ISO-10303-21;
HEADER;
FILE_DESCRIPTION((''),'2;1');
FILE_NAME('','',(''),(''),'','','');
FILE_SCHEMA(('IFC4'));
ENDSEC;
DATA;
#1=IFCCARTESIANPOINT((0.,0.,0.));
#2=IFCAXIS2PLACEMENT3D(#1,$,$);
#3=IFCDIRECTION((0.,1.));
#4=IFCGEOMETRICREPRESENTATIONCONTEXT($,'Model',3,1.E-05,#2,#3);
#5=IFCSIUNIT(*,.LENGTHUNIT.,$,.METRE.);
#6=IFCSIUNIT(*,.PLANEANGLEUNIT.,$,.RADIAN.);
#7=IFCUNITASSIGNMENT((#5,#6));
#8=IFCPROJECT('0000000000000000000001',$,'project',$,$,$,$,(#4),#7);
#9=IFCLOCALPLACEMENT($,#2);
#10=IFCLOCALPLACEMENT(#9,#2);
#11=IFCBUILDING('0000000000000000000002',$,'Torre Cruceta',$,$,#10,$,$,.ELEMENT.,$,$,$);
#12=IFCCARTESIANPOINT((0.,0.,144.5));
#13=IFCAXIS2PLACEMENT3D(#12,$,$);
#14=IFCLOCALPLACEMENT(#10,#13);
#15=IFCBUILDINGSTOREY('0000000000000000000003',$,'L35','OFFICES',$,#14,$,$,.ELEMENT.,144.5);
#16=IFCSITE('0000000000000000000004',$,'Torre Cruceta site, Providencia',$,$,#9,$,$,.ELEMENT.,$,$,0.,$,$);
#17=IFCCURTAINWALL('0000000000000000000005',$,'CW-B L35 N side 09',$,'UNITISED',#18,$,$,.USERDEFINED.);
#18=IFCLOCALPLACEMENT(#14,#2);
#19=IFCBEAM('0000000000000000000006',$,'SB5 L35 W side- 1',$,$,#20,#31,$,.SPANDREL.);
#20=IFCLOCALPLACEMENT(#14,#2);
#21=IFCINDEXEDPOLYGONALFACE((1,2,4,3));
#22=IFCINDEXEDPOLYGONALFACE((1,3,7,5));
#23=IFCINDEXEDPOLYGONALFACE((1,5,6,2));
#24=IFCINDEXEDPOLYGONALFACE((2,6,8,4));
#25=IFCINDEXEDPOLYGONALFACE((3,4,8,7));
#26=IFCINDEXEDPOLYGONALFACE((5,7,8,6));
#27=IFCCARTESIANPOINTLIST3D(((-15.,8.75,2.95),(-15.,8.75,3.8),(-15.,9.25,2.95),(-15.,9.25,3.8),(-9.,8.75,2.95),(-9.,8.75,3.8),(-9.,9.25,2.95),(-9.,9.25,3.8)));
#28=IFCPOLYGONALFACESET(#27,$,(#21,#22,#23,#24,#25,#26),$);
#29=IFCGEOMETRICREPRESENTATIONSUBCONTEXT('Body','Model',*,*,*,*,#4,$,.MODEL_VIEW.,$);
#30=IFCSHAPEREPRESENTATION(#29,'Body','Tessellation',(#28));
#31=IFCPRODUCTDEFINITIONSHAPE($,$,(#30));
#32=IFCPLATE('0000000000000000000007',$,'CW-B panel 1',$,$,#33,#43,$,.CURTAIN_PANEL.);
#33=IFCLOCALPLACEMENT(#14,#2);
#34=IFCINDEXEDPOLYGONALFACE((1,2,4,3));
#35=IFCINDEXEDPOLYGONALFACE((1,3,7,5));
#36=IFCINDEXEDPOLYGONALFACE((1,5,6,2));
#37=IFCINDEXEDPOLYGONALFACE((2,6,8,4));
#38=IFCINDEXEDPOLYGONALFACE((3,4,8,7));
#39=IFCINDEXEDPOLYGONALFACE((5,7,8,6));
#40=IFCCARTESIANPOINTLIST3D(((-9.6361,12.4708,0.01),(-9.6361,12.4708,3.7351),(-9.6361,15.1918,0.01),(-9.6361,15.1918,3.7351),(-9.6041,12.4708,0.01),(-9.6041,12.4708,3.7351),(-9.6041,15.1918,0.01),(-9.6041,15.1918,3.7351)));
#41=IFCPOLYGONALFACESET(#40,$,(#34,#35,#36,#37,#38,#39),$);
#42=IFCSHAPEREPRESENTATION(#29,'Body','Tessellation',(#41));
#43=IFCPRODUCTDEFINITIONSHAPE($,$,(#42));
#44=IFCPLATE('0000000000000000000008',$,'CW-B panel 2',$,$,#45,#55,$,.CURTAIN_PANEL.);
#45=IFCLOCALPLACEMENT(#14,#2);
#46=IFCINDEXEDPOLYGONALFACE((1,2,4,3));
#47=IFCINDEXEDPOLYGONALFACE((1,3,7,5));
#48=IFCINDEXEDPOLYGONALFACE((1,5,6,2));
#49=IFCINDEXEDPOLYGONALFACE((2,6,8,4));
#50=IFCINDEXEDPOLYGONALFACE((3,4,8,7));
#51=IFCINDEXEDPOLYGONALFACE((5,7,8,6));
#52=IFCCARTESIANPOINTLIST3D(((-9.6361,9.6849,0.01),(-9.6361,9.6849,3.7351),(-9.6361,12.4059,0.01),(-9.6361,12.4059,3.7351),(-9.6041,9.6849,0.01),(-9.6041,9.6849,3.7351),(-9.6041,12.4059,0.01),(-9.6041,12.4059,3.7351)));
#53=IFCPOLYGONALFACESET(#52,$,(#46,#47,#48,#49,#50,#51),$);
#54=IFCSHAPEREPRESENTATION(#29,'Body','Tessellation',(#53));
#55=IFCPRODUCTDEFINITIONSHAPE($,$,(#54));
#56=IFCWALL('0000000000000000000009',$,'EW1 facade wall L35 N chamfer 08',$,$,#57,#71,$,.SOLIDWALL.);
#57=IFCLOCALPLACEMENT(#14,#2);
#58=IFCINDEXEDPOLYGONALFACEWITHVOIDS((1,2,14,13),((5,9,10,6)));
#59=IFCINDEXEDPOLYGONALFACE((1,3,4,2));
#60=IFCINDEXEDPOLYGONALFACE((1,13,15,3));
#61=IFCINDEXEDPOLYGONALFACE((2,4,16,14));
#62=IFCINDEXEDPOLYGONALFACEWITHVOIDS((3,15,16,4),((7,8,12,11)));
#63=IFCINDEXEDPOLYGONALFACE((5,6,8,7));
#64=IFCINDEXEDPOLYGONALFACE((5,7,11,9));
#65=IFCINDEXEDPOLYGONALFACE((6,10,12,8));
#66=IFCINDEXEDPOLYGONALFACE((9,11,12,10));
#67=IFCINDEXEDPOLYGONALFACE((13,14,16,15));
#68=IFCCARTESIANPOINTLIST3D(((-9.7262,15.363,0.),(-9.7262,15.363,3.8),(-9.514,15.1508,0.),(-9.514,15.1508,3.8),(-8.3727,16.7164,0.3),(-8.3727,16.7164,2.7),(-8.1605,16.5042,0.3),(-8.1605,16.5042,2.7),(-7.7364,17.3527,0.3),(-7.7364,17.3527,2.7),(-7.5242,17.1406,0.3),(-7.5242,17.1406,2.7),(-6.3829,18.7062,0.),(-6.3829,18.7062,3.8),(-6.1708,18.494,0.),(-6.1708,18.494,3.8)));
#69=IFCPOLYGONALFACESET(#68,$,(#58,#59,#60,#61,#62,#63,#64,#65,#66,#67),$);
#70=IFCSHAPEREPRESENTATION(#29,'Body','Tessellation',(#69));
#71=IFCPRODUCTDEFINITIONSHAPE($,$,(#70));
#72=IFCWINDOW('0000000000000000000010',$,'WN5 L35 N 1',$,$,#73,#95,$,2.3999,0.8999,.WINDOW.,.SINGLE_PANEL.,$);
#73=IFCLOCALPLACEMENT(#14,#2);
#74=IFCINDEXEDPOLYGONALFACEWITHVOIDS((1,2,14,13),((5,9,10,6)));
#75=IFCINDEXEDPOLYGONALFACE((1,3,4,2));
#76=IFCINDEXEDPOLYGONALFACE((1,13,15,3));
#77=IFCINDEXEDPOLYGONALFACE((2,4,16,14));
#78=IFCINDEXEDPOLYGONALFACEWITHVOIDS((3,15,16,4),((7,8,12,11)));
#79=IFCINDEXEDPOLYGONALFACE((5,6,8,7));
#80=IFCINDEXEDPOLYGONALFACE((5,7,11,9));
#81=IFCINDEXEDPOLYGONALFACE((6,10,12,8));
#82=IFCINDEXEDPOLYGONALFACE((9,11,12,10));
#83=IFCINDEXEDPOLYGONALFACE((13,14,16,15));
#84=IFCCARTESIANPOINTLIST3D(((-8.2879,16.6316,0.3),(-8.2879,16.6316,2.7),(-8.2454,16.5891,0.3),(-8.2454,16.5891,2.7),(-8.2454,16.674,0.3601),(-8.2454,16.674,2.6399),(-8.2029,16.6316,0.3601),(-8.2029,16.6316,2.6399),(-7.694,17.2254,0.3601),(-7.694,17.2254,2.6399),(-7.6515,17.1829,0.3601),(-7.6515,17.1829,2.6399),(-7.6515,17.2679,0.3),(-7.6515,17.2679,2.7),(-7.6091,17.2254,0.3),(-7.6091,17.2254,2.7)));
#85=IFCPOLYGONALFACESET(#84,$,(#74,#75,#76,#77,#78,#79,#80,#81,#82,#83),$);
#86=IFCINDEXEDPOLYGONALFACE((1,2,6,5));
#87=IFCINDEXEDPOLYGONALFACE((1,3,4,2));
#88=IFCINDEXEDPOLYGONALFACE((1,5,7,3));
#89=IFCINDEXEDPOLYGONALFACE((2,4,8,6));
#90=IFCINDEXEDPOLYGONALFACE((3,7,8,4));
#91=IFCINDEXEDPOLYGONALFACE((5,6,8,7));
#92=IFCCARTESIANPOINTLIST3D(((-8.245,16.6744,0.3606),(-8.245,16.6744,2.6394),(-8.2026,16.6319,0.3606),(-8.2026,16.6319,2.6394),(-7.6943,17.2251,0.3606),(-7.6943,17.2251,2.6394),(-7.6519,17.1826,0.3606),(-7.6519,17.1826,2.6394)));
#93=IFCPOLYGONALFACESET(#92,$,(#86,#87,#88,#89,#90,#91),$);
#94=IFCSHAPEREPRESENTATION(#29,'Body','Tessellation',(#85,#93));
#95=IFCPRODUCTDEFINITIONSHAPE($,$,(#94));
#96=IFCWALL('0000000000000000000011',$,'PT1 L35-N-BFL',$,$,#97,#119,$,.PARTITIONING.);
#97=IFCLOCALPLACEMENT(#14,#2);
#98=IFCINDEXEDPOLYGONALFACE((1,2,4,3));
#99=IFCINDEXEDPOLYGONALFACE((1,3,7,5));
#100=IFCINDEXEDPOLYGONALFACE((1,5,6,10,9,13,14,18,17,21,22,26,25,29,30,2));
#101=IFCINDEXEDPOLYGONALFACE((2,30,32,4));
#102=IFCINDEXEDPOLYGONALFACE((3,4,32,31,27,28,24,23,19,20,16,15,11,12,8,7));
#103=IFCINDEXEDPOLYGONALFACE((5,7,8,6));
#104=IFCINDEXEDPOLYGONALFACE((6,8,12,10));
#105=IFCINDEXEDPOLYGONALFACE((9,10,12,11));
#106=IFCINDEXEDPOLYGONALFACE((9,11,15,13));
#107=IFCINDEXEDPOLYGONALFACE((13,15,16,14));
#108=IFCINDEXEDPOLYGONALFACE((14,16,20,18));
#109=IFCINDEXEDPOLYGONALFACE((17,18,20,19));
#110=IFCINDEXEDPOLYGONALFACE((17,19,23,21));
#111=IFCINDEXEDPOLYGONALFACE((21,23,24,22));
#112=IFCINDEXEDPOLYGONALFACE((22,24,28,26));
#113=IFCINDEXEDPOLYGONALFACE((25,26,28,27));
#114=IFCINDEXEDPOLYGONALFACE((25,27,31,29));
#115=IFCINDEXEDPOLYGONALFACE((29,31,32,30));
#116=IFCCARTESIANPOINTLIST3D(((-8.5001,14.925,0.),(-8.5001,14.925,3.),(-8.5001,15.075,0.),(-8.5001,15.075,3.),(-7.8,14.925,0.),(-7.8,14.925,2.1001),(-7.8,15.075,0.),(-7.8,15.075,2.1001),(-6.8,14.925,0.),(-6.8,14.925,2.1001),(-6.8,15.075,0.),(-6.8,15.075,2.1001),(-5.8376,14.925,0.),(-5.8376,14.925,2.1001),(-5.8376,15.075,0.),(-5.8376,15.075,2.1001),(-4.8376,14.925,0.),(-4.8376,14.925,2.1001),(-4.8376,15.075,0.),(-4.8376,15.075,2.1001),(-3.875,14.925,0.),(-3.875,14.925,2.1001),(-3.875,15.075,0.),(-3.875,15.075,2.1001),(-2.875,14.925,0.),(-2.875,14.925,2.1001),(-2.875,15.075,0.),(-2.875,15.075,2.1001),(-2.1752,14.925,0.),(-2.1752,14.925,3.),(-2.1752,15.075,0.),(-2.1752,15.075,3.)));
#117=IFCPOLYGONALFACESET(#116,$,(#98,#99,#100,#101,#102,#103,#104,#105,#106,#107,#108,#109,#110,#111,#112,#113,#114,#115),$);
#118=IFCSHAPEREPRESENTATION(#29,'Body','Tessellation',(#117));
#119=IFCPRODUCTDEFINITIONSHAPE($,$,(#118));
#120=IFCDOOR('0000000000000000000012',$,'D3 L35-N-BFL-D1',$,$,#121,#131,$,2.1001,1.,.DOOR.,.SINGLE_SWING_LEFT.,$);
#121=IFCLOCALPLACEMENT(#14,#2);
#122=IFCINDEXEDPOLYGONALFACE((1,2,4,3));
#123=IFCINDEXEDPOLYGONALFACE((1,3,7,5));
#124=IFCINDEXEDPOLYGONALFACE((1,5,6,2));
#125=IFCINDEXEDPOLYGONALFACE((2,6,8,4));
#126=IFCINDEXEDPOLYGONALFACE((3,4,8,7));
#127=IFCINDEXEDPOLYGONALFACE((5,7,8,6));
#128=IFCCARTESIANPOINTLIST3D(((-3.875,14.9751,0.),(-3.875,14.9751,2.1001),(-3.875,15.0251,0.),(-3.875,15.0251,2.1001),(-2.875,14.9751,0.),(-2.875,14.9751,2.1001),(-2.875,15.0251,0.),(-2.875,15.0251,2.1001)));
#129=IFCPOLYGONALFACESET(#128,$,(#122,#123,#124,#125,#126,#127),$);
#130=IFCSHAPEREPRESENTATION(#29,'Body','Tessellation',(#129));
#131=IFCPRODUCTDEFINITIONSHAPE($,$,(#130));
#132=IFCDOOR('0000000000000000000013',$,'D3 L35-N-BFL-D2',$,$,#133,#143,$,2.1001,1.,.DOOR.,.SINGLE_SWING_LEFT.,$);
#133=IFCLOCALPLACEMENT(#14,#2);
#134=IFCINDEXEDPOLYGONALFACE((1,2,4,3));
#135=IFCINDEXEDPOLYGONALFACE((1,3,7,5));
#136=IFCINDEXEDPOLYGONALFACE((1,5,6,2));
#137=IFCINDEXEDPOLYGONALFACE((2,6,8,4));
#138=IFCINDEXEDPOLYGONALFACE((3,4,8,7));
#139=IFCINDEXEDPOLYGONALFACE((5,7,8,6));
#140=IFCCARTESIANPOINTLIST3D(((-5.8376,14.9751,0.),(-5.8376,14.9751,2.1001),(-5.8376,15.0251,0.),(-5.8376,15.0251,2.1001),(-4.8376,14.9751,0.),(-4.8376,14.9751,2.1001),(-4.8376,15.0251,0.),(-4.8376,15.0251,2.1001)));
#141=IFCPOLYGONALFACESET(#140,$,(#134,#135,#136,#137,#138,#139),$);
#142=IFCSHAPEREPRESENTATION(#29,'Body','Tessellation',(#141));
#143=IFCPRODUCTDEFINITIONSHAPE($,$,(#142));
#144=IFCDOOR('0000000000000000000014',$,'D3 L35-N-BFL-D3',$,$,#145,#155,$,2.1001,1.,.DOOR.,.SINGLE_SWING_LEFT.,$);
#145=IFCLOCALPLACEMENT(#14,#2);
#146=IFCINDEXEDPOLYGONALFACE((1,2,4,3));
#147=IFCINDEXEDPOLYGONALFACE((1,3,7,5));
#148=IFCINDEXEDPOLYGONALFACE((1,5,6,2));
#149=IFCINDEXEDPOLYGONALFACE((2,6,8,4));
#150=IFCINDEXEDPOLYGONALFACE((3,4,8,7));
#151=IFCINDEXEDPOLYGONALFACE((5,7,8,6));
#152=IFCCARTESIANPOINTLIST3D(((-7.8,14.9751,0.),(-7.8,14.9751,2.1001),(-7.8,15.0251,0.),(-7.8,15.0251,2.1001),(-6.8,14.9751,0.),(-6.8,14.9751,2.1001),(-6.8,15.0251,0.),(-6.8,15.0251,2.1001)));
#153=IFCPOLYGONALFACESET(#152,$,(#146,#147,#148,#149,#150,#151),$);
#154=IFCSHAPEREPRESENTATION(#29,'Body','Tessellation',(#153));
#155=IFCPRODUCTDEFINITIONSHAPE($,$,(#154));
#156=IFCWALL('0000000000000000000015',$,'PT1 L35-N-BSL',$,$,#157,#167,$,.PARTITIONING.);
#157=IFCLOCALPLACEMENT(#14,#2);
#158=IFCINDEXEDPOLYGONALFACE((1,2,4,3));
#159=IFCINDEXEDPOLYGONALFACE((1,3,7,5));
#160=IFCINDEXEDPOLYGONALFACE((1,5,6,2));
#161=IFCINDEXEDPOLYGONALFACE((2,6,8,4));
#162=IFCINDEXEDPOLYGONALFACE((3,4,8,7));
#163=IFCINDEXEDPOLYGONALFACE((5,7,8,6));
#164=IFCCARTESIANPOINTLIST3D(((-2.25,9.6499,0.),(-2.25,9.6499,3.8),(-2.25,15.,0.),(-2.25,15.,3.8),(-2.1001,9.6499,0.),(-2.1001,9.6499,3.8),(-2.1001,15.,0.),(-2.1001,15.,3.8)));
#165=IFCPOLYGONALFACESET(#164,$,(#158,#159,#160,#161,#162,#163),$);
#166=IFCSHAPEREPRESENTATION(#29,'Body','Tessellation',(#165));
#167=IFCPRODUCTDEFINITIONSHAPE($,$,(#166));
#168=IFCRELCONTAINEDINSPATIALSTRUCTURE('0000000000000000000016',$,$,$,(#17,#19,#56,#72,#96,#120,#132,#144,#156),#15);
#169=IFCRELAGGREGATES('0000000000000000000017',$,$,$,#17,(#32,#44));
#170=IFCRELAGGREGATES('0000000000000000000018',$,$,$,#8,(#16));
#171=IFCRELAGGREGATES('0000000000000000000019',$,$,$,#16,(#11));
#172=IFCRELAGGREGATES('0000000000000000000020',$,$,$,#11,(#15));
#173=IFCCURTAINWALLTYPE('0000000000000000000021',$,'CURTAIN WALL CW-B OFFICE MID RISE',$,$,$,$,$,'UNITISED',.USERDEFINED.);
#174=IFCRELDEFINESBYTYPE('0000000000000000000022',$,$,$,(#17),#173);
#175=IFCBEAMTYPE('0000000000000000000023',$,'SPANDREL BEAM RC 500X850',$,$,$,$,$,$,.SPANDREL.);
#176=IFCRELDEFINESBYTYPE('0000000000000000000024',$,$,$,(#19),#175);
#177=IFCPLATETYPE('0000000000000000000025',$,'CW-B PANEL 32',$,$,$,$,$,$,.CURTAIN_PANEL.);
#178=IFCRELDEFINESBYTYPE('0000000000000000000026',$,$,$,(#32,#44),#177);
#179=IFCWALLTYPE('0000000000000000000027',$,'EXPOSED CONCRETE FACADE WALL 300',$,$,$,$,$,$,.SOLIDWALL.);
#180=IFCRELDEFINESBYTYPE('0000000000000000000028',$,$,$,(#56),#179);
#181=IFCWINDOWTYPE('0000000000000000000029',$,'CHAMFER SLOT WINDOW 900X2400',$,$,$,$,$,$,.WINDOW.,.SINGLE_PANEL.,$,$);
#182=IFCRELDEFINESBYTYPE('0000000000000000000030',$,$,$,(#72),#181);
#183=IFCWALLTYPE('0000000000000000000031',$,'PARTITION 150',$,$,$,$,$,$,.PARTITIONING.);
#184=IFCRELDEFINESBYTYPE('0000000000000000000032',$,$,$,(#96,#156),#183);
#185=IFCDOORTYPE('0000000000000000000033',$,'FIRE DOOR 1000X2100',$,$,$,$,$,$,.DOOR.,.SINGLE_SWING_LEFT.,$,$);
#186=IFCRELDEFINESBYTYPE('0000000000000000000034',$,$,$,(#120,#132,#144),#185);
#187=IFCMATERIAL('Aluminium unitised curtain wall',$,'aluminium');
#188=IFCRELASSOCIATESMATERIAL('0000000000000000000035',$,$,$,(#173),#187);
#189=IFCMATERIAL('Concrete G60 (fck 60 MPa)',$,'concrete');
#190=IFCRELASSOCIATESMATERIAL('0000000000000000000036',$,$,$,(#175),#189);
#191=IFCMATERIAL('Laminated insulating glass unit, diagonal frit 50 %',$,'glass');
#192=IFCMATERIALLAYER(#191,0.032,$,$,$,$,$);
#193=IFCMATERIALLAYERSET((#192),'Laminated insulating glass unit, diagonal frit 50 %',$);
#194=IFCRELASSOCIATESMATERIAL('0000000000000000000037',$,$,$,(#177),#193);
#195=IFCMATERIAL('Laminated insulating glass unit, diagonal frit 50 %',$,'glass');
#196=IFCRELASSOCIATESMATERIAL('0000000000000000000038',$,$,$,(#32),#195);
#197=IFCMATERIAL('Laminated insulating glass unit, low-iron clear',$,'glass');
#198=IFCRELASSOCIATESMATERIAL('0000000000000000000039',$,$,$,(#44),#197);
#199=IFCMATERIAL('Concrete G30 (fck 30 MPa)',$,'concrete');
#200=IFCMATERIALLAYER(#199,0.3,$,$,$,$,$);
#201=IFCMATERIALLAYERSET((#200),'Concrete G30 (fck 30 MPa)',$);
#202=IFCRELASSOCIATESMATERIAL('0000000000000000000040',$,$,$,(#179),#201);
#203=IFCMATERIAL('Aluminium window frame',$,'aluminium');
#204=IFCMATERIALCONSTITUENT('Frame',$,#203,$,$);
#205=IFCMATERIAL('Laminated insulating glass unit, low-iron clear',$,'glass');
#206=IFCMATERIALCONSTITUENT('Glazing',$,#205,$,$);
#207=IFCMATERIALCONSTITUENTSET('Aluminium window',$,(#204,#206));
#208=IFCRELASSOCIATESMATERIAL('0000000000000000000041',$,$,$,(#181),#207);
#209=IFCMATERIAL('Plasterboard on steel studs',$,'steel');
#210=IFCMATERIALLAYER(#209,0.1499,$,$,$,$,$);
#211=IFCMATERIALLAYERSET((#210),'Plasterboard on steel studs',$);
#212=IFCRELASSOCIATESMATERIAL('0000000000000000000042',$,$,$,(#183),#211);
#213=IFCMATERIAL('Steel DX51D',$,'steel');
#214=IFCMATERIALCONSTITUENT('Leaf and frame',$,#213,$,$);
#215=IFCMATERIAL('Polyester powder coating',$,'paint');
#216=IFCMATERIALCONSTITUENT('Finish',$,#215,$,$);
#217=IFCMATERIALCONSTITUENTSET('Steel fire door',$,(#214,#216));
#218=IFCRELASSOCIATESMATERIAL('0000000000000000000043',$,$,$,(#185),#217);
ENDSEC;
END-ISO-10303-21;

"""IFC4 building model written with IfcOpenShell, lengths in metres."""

from ifc_helpers import new_model, si_unit, direction, frame, frame_2d, origin, origin_2d, place, context, subcontext, project, spatial, rectangle, hollow_rectangle, extrude, material, layer, layer_set, constituent, constituent_set, material_profile, profile_set, type_object, element, fill, aggregate, save


model = new_model("IFC4")

# Units and contexts
model_context = context("Model", 3, precision=1e-05, world=origin(), true_north=direction((0.0, 1.0)))
body_context = subcontext(model_context, "Body", "Model", "MODEL_VIEW")
ifc_project = project(units=[si_unit("LENGTHUNIT", "METRE"), si_unit("PLANEANGLEUNIT", "RADIAN")], contexts=[model_context])

# Site, building, storey
site_placement = place(None, origin())
site = spatial("IfcSite", under=ifc_project, at=site_placement, Name="Torre Cruceta site, Providencia", CompositionType="ELEMENT", RefElevation=0.0)
building_placement = place(site_placement, origin())
building = spatial("IfcBuilding", under=site, at=building_placement, Name="Torre Cruceta", CompositionType="ELEMENT")
storey_placement = place(building_placement, frame((0.0, 0.0, 144.5)))
storey = spatial("IfcBuildingStorey", under=building, at=storey_placement, Name="L35", Description="OFFICES", CompositionType="ELEMENT", Elevation=144.5)

# Curtain wall
ifc_material_1 = material(Name="Aluminium unitised curtain wall", Category="aluminium")
curtain_wall_type = type_object("IfcCurtainWallType", Name="CURTAIN WALL CW-B OFFICE MID RISE", ElementType="UNITISED", PredefinedType="USERDEFINED", material=ifc_material_1)
curtain_wall_placement = place(storey_placement, origin())
curtain_wall = element("IfcCurtainWall", 1, at=curtain_wall_placement, inside=storey, type_object=curtain_wall_type, Name="CW-B L35 N side 09", ObjectType="UNITISED", PredefinedType="USERDEFINED")

# Beam
ifc_material_2 = material(Name="Concrete G60 (fck 60 MPa)", Category="concrete")
ifc_material_profile_1 = material_profile(ifc_material_2, rectangle(XDim=0.5, YDim=0.8501, at=origin_2d()), Name="RC 500X850")
ifc_profile_set_1 = profile_set([ifc_material_profile_1], Name="Concrete G60 (fck 60 MPa)")
beam_type_1 = type_object("IfcBeamType", Name="SPANDREL BEAM RC 500X850", PredefinedType="SPANDREL", material=ifc_profile_set_1)
beam_1_placement = place(storey_placement, frame((-9.0, 9.0, 3.375), z_axis=(-1.0, 0.0, 0.0), x_axis=(0.0, -1.0, 0.0)))
element("IfcBeam", 2, at=beam_1_placement, inside=storey, type_object=beam_type_1, Name="SB5 L35 W side- 1", PredefinedType="SPANDREL", context=body_context, shape_type="SweptSolid", body=[
    extrude(rectangle(XDim=0.5, YDim=0.8501, at=origin_2d()), origin(), (0.0, 0.0, 1.0), 6.0),
])

# Plates
ifc_material_3 = material(Name="Laminated insulating glass unit, diagonal frit 50 %", Category="glass")
ifc_material_4 = material(Name="Laminated insulating glass unit, diagonal frit 50 %", Category="glass")
ifc_layer_1 = layer(ifc_material_4, 0.032)
ifc_layer_set_1 = layer_set([ifc_layer_1], Name="Laminated insulating glass unit, diagonal frit 50 %")
plate_type = type_object("IfcPlateType", Name="CW-B PANEL 32", PredefinedType="CURTAIN_PANEL", material=ifc_layer_set_1)
plate_1_placement = place(storey_placement, frame((-9.6201, 13.8313, 0.01), z_axis=(0.0, 0.0, 1.0), x_axis=(0.0, -1.0, 0.0)))
plate_1 = element("IfcPlate", 3, at=plate_1_placement, type_object=plate_type, material=ifc_material_3, Name="CW-B panel 1", PredefinedType="CURTAIN_PANEL", context=body_context, shape_type="SweptSolid", body=[
    extrude(rectangle(XDim=2.7209, YDim=0.032, at=origin_2d()), origin(), (0.0, 0.0, 1.0), 3.7251),
])
ifc_material_5 = material(Name="Laminated insulating glass unit, low-iron clear", Category="glass")
plate_2_placement = place(storey_placement, frame((-9.6201, 11.0454, 0.01), z_axis=(0.0, 0.0, 1.0), x_axis=(0.0, -1.0, 0.0)))
plate_2 = element("IfcPlate", 4, at=plate_2_placement, type_object=plate_type, material=ifc_material_5, Name="CW-B panel 2", PredefinedType="CURTAIN_PANEL", context=body_context, shape_type="SweptSolid", body=[
    extrude(rectangle(XDim=2.7209, YDim=0.032, at=origin_2d()), origin(), (0.0, 0.0, 1.0), 3.7251),
])
aggregate(curtain_wall, [plate_1, plate_2])

# Wall, opening, window
ifc_material_6 = material(Name="Concrete G30 (fck 30 MPa)", Category="concrete")
ifc_layer_2 = layer(ifc_material_6, 0.3)
ifc_layer_set_2 = layer_set([ifc_layer_2], Name="Concrete G30 (fck 30 MPa)")
wall_type_1 = type_object("IfcWallType", Name="EXPOSED CONCRETE FACADE WALL 300", PredefinedType="SOLIDWALL", material=ifc_layer_set_2)
wall_1_placement = place(storey_placement, frame((-6.2769, 18.6001, 0.0), z_axis=(0.0, 0.0, 1.0), x_axis=(-0.707107, -0.707107, 0.0)))
wall_1 = element("IfcWall", 5, at=wall_1_placement, inside=storey, type_object=wall_type_1, Name="EW1 facade wall L35 N chamfer 08", PredefinedType="SOLIDWALL", context=body_context, shape_type="SweptSolid", body=[
    extrude(rectangle(XDim=4.728, YDim=0.3, at=frame_2d((2.364, 0.0))), origin(), (0.0, 0.0, 1.0), 3.8),
])
opening_1_placement = place(wall_1_placement, frame((1.9141, 0.0, 0.3)))
opening_1 = element("IfcOpeningElement", 6, at=opening_1_placement, cuts=wall_1, PredefinedType="OPENING", context=body_context, shape_type="SweptSolid", body=[
    extrude(rectangle(XDim=0.8999, YDim=2.3999, at=frame_2d((0.45, 1.2))), frame((0.0, 0.1599, 0.0), z_axis=(0.0, -1.0, 0.0), x_axis=(1.0, 0.0, 0.0)), (0.0, 0.0, 1.0), 0.3201),
])
ifc_material_7 = material(Name="Aluminium window frame", Category="aluminium")
ifc_constituent_1 = constituent(ifc_material_7, Name="Frame")
ifc_material_8 = material(Name="Laminated insulating glass unit, low-iron clear", Category="glass")
ifc_constituent_2 = constituent(ifc_material_8, Name="Glazing")
ifc_constituent_set_1 = constituent_set(constituents=[ifc_constituent_1, ifc_constituent_2], Name="Aluminium window")
window_type = type_object("IfcWindowType", Name="CHAMFER SLOT WINDOW 900X2400", PartitioningType="SINGLE_PANEL", PredefinedType="WINDOW", material=ifc_constituent_set_1)
window_placement = place(opening_1_placement, origin())
window = element("IfcWindow", 7, at=window_placement, inside=storey, type_object=window_type, Name="WN5 L35 N 1", OverallHeight=2.3999, OverallWidth=0.8999, PartitioningType="SINGLE_PANEL", PredefinedType="WINDOW", context=body_context, shape_type="SweptSolid", body=[
    extrude(hollow_rectangle(XDim=0.8999, YDim=2.3999, WallThickness=0.0601, at=frame_2d((0.45, 1.2))), frame((0.0, 0.03, 0.0), z_axis=(0.0, -1.0, 0.0), x_axis=(1.0, 0.0, 0.0)), (0.0, 0.0, 1.0), 0.0601),
    extrude(rectangle(XDim=0.7788, YDim=2.2788, at=frame_2d((0.45, 1.2))), frame((0.0, 0.03, 0.0), z_axis=(0.0, -1.0, 0.0), x_axis=(1.0, 0.0, 0.0)), (0.0, 0.0, 1.0), 0.0601),
])
fill(opening_1, window)

# Wall, openings, doors
ifc_material_9 = material(Name="Plasterboard on steel studs", Category="steel")
ifc_layer_3 = layer(ifc_material_9, 0.1499)
ifc_layer_set_3 = layer_set([ifc_layer_3], Name="Plasterboard on steel studs")
wall_type_2 = type_object("IfcWallType", Name="PARTITION 150", PredefinedType="PARTITIONING", material=ifc_layer_set_3)
wall_2_placement = place(storey_placement, frame((-2.175, 15.0, 0.0), z_axis=(0.0, 0.0, 1.0), x_axis=(-1.0, 0.0, 0.0)))
wall_2 = element("IfcWall", 8, at=wall_2_placement, inside=storey, type_object=wall_type_2, Name="PT1 L35-N-BFL", PredefinedType="PARTITIONING", context=body_context, shape_type="SweptSolid", body=[
    extrude(rectangle(XDim=6.325, YDim=0.1499, at=frame_2d((3.1626, 0.0))), origin(), (0.0, 0.0, 1.0), 3.0),
])
opening_2_placement = place(wall_2_placement, frame((0.7, 0.0, 0.0)))
opening_2 = element("IfcOpeningElement", 9, at=opening_2_placement, cuts=wall_2, PredefinedType="OPENING", context=body_context, shape_type="SweptSolid", body=[
    extrude(rectangle(XDim=1.0, YDim=2.1001, at=frame_2d((0.5, 1.05))), frame((0.0, 0.085, 0.0), z_axis=(0.0, -1.0, 0.0), x_axis=(1.0, 0.0, 0.0)), (0.0, 0.0, 1.0), 0.1699),
])
opening_3_placement = place(wall_2_placement, frame((2.6626, 0.0, 0.0)))
opening_3 = element("IfcOpeningElement", 10, at=opening_3_placement, cuts=wall_2, PredefinedType="OPENING", context=body_context, shape_type="SweptSolid", body=[
    extrude(rectangle(XDim=1.0, YDim=2.1001, at=frame_2d((0.5, 1.05))), frame((0.0, 0.085, 0.0), z_axis=(0.0, -1.0, 0.0), x_axis=(1.0, 0.0, 0.0)), (0.0, 0.0, 1.0), 0.1699),
])
opening_4_placement = place(wall_2_placement, frame((4.625, 0.0, 0.0)))
opening_4 = element("IfcOpeningElement", 11, at=opening_4_placement, cuts=wall_2, PredefinedType="OPENING", context=body_context, shape_type="SweptSolid", body=[
    extrude(rectangle(XDim=1.0, YDim=2.1001, at=frame_2d((0.5, 1.05))), frame((0.0, 0.085, 0.0), z_axis=(0.0, -1.0, 0.0), x_axis=(1.0, 0.0, 0.0)), (0.0, 0.0, 1.0), 0.1699),
])
ifc_material_10 = material(Name="Steel DX51D", Category="steel")
ifc_constituent_3 = constituent(ifc_material_10, Name="Leaf and frame")
ifc_material_11 = material(Name="Polyester powder coating", Category="paint")
ifc_constituent_4 = constituent(ifc_material_11, Name="Finish")
ifc_constituent_set_2 = constituent_set(constituents=[ifc_constituent_3, ifc_constituent_4], Name="Steel fire door")
door_type_1 = type_object("IfcDoorType", Name="FIRE DOOR 1000X2100", OperationType="SINGLE_SWING_LEFT", PredefinedType="DOOR", material=ifc_constituent_set_2)
door_1_placement = place(opening_2_placement, origin())
door_1 = element("IfcDoor", 12, at=door_1_placement, inside=storey, type_object=door_type_1, Name="D3 L35-N-BFL-D1", OperationType="SINGLE_SWING_LEFT", OverallHeight=2.1001, OverallWidth=1.0, PredefinedType="DOOR", context=body_context, shape_type="SweptSolid", body=[
    extrude(rectangle(XDim=1.0, YDim=2.1001, at=frame_2d((0.5, 1.05))), frame((0.0, 0.0249, 0.0), z_axis=(0.0, -1.0, 0.0), x_axis=(1.0, 0.0, 0.0)), (0.0, 0.0, 1.0), 0.05),
])
fill(opening_2, door_1)
door_2_placement = place(opening_3_placement, origin())
door_2 = element("IfcDoor", 13, at=door_2_placement, inside=storey, type_object=door_type_1, Name="D3 L35-N-BFL-D2", OperationType="SINGLE_SWING_LEFT", OverallHeight=2.1001, OverallWidth=1.0, PredefinedType="DOOR", context=body_context, shape_type="SweptSolid", body=[
    extrude(rectangle(XDim=1.0, YDim=2.1001, at=frame_2d((0.5, 1.05))), frame((0.0, 0.0249, 0.0), z_axis=(0.0, -1.0, 0.0), x_axis=(1.0, 0.0, 0.0)), (0.0, 0.0, 1.0), 0.05),
])
fill(opening_3, door_2)
door_3_placement = place(opening_4_placement, origin())
door_3 = element("IfcDoor", 14, at=door_3_placement, inside=storey, type_object=door_type_1, Name="D3 L35-N-BFL-D3", OperationType="SINGLE_SWING_LEFT", OverallHeight=2.1001, OverallWidth=1.0, PredefinedType="DOOR", context=body_context, shape_type="SweptSolid", body=[
    extrude(rectangle(XDim=1.0, YDim=2.1001, at=frame_2d((0.5, 1.05))), frame((0.0, 0.0249, 0.0), z_axis=(0.0, -1.0, 0.0), x_axis=(1.0, 0.0, 0.0)), (0.0, 0.0, 1.0), 0.05),
])
fill(opening_4, door_3)

# Wall
wall_3_placement = place(storey_placement, frame((-2.175, 9.6499, 0.0), z_axis=(0.0, 0.0, 1.0), x_axis=(0.0, 1.0, 0.0)))
element("IfcWall", 15, at=wall_3_placement, inside=storey, type_object=wall_type_2, Name="PT1 L35-N-BSL", PredefinedType="PARTITIONING", context=body_context, shape_type="SweptSolid", body=[
    extrude(rectangle(XDim=5.3501, YDim=0.1499, at=frame_2d((2.675, 0.0))), origin(), (0.0, 0.0, 1.0), 3.8),
])

save(model, "model.ifc")
